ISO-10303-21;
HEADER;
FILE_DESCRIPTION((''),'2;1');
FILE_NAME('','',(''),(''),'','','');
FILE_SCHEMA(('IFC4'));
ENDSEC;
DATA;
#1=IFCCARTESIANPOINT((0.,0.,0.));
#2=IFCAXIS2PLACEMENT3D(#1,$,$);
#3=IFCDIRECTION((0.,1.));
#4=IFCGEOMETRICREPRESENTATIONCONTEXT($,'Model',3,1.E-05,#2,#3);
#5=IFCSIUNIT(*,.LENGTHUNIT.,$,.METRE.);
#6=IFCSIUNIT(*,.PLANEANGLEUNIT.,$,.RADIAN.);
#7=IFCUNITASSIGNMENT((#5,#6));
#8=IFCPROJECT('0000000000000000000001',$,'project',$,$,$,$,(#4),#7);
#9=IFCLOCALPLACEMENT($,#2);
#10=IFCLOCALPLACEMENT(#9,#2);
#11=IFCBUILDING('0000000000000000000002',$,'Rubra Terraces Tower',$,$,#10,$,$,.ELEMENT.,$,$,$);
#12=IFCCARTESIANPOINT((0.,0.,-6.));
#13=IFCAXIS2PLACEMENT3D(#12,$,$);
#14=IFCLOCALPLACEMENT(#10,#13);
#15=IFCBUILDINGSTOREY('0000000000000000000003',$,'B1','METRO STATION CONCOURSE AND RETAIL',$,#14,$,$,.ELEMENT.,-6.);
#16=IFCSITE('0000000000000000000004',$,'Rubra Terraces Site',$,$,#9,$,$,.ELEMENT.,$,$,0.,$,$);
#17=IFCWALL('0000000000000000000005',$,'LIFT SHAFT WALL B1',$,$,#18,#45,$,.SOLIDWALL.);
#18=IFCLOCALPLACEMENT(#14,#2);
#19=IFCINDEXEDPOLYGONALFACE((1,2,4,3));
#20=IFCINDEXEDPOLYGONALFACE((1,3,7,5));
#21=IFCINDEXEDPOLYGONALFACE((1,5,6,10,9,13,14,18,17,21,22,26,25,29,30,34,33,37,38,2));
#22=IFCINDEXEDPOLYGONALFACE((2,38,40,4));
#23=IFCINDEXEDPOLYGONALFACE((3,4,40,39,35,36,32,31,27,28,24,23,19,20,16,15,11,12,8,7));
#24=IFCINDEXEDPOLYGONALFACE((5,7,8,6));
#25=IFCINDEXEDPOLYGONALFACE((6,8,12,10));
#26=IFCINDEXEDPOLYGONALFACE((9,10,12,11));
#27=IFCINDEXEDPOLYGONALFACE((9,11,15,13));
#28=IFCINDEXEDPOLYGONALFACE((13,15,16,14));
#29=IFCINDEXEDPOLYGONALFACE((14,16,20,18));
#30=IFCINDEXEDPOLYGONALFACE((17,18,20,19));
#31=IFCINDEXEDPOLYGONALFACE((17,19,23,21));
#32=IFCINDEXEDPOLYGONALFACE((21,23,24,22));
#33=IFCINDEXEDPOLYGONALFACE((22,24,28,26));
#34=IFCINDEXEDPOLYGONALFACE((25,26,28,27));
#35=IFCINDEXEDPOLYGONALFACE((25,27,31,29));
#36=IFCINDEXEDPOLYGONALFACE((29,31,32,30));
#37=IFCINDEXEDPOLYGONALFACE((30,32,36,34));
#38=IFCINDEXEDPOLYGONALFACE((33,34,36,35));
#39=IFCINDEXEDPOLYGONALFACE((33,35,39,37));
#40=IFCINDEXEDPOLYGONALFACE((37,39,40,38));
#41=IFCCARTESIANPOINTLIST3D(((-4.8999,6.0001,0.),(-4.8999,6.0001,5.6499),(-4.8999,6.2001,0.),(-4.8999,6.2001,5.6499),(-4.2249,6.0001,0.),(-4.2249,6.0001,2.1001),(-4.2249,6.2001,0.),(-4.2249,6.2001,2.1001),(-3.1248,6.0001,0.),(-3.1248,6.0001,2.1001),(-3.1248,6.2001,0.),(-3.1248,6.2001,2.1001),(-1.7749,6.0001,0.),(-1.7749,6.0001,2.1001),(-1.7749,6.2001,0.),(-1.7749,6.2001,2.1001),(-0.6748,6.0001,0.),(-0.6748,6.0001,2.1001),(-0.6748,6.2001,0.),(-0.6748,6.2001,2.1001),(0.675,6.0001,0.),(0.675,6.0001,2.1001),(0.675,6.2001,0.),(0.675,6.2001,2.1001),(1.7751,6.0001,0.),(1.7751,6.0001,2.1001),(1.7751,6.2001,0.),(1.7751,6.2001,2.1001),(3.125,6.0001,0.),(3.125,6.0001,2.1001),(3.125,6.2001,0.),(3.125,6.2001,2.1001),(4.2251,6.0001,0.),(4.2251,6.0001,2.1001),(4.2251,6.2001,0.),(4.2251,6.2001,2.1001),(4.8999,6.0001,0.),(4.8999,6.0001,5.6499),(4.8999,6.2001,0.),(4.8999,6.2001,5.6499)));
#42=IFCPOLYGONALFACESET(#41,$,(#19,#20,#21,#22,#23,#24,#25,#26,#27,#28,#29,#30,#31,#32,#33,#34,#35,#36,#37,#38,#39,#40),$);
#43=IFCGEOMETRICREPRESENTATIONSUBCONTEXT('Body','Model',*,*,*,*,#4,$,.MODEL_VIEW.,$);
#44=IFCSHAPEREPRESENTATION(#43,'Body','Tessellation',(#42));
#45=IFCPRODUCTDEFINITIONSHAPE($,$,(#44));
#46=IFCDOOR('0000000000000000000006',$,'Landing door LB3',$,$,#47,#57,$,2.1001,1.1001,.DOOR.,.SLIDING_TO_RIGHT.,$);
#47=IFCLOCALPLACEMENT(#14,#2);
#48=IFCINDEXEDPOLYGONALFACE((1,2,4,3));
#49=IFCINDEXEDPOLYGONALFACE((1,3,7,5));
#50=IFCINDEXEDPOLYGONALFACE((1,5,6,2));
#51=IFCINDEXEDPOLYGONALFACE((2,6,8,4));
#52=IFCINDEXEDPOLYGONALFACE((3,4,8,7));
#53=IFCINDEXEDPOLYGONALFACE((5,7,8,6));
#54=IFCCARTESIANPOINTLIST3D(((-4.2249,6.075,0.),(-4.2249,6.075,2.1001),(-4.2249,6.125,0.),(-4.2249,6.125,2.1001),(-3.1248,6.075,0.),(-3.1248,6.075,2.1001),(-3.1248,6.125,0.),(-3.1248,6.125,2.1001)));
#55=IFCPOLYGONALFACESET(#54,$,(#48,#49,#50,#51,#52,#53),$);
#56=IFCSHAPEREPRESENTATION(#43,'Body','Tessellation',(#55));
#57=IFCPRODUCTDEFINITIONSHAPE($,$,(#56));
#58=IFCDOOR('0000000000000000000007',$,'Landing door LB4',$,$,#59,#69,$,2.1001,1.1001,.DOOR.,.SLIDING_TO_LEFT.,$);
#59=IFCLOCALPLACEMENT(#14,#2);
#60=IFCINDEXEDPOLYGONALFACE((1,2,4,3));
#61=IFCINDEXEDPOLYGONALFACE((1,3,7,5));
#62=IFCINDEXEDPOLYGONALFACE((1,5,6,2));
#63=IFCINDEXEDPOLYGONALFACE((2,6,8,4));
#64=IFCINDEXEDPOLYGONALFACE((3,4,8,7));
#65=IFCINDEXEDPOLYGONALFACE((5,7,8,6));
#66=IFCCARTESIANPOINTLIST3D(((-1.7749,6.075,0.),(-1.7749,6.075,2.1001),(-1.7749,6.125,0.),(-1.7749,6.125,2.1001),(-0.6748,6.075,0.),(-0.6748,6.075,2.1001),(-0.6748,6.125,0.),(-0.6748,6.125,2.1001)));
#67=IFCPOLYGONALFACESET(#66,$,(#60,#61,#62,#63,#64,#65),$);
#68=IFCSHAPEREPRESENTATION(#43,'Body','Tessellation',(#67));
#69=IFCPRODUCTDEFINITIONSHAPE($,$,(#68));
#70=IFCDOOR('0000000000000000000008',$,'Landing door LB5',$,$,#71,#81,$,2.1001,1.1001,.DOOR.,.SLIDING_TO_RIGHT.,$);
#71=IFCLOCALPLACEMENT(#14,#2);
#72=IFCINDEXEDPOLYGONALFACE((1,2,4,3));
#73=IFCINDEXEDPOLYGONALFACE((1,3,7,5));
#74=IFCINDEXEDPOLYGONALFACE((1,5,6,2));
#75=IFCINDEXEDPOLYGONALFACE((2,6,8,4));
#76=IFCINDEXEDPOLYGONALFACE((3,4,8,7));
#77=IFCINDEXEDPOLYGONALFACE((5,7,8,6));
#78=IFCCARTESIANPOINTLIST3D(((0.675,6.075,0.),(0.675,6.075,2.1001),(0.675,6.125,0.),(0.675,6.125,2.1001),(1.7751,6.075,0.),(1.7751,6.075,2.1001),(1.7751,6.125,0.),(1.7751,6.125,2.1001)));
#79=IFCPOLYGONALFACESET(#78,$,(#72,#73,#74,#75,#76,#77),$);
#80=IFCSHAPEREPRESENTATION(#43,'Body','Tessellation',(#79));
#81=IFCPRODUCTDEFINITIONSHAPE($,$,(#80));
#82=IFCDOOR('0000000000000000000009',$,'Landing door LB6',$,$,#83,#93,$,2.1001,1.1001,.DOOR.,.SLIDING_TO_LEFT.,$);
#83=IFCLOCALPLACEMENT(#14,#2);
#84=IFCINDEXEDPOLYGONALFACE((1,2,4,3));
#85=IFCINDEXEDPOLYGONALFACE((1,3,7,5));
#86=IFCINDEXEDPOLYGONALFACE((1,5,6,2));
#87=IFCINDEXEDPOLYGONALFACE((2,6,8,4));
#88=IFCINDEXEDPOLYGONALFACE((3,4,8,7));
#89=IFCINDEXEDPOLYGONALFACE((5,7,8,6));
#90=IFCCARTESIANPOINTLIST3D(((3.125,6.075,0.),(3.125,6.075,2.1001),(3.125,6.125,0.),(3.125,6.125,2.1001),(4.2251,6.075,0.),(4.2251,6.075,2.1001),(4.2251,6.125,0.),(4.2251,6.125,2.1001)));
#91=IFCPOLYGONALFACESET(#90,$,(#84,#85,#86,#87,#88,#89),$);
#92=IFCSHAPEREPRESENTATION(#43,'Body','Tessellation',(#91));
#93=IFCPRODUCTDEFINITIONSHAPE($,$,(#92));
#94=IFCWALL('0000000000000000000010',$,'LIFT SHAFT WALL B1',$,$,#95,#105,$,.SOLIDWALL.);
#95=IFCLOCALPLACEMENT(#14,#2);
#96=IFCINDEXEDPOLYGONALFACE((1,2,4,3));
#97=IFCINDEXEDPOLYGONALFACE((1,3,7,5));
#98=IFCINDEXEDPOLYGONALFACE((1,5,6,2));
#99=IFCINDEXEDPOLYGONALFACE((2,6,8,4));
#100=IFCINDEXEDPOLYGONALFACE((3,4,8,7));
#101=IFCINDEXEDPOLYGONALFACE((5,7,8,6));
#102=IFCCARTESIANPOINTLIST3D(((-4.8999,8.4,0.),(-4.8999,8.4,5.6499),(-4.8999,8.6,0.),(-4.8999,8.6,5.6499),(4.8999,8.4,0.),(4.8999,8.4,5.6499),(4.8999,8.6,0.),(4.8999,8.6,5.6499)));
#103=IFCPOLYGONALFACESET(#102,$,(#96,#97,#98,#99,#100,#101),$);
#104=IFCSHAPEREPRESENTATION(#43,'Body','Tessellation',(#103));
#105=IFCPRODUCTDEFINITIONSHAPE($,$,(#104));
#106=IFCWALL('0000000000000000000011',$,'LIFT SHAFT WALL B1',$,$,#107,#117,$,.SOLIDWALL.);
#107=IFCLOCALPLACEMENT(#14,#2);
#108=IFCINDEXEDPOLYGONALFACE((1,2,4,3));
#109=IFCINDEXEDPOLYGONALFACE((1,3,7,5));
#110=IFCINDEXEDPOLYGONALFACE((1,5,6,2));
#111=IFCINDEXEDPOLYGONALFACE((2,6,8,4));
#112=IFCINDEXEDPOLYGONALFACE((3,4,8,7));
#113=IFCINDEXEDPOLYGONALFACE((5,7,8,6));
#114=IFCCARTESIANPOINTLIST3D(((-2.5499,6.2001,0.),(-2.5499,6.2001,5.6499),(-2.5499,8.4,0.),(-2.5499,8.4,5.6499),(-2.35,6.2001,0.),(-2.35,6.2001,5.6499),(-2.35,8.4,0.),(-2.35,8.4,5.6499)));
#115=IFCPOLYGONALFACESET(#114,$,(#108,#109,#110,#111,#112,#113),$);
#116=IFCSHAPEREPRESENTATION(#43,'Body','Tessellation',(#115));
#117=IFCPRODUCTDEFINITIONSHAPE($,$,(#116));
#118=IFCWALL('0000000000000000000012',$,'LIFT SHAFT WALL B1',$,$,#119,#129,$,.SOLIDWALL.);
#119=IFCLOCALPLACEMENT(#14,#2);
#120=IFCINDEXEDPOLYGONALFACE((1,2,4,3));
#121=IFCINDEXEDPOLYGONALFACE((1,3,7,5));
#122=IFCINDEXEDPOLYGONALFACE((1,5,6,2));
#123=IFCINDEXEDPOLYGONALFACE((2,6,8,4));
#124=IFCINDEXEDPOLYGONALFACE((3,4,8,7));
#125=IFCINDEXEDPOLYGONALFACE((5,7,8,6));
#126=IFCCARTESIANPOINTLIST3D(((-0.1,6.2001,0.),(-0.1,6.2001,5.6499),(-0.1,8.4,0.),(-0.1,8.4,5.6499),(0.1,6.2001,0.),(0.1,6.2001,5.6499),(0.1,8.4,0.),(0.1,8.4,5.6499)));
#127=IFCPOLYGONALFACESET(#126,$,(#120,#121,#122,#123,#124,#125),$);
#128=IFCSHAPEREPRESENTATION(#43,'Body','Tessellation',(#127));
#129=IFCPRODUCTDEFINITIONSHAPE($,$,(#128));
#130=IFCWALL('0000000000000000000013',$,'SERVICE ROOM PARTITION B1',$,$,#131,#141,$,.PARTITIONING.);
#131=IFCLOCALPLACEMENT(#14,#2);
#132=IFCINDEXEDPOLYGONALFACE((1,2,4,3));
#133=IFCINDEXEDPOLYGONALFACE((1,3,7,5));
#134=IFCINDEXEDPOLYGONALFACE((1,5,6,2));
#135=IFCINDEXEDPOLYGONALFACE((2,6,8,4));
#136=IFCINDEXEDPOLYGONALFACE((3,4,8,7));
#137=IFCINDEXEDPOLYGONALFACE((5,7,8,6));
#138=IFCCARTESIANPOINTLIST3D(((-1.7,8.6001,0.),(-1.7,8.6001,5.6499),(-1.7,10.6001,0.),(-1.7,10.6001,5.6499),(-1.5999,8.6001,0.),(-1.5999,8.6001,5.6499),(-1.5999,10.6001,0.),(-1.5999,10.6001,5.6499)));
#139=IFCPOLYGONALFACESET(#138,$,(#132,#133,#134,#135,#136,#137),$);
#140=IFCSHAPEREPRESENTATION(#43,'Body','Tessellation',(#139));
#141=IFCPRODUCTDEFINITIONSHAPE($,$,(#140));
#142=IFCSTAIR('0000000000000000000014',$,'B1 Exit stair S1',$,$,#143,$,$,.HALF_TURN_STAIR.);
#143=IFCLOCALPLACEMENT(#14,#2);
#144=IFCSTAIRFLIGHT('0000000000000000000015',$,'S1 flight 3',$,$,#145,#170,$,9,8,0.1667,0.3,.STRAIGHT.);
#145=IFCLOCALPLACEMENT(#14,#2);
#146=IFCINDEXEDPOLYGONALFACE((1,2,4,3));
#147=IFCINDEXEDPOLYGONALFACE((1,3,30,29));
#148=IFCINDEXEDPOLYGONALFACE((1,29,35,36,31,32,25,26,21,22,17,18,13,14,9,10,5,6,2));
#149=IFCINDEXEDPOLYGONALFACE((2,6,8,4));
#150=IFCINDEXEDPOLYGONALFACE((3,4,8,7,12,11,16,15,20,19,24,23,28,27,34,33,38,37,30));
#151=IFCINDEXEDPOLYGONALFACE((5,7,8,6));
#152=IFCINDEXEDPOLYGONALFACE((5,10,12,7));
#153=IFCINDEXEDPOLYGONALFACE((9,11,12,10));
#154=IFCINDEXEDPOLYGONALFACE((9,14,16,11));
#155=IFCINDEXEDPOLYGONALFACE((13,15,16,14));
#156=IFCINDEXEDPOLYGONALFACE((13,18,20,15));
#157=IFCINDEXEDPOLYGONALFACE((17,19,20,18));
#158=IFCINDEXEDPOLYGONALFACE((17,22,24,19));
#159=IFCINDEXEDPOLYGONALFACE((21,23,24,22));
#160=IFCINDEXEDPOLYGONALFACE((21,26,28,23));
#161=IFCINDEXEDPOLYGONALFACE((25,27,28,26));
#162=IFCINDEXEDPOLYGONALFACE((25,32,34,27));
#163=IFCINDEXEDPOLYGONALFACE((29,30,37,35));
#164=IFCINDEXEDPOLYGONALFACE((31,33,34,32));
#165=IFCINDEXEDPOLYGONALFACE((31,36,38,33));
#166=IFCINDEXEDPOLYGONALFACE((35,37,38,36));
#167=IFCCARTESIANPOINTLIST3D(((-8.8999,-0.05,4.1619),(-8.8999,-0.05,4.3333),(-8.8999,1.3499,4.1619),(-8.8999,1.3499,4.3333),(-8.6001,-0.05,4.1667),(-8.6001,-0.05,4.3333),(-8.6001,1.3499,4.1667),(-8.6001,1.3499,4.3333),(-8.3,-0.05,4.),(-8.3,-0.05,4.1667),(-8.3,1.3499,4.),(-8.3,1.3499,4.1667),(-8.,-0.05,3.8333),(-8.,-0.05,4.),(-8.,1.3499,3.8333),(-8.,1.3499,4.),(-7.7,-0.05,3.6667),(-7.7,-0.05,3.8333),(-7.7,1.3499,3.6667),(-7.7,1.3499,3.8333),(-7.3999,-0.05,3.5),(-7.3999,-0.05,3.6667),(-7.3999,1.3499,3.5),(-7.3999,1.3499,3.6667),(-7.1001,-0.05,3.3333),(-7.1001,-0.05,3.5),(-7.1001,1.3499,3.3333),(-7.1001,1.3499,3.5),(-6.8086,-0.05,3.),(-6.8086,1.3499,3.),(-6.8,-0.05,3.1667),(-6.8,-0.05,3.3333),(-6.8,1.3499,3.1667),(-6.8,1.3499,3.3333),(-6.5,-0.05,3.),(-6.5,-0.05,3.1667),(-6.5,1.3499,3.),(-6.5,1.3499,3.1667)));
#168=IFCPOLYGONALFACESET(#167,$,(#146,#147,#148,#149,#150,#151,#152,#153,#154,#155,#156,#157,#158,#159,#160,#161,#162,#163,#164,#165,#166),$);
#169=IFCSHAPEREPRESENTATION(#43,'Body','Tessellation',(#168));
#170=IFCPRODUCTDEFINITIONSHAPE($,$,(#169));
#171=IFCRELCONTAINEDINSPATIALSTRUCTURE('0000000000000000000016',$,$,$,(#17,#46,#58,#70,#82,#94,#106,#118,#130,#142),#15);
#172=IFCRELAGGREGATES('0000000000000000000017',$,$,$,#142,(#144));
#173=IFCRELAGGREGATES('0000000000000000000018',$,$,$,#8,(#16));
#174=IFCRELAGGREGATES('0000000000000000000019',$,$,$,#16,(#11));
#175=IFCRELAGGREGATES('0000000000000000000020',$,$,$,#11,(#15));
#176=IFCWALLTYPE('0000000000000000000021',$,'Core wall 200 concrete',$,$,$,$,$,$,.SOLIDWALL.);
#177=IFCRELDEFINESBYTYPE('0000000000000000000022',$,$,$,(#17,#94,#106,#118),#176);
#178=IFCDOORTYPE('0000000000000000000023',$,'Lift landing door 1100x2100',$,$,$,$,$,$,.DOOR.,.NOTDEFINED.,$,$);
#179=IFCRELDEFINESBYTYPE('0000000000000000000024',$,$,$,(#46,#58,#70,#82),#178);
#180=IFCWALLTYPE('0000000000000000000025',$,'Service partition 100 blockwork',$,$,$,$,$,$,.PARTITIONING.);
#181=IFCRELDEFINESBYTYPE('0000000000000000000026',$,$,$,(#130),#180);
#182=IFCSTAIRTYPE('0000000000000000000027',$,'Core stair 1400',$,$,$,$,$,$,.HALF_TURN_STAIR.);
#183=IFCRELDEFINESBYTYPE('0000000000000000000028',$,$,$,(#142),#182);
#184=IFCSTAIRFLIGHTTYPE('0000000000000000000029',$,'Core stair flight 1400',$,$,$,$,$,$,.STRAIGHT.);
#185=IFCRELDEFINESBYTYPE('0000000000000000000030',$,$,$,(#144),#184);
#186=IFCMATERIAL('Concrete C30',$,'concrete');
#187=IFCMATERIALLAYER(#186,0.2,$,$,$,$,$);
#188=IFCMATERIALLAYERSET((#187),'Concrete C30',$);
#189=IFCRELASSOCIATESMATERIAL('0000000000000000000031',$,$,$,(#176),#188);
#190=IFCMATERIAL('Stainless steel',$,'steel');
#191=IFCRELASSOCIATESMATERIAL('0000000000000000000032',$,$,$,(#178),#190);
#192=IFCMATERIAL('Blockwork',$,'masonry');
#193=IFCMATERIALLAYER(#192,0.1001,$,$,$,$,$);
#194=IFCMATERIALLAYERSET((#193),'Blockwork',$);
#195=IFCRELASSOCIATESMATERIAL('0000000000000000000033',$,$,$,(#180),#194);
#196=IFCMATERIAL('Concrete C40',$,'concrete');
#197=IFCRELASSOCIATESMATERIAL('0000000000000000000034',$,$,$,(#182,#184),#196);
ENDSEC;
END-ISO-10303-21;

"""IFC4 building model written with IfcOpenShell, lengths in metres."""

from ifc_helpers import new_model, si_unit, direction, frame, frame_2d, origin, place, context, subcontext, project, spatial, polyline, rectangle, outline, extrude, material, layer, layer_set, type_object, element, fill, aggregate, save


model = new_model("IFC4")

# Units and contexts
model_context = context("Model", 3, precision=1e-05, world=origin(), true_north=direction((0.0, 1.0)))
body_context = subcontext(model_context, "Body", "Model", "MODEL_VIEW")
ifc_project = project(units=[si_unit("LENGTHUNIT", "METRE"), si_unit("PLANEANGLEUNIT", "RADIAN")], contexts=[model_context])

# Site, building, storey
site_placement = place(None, origin())
site = spatial("IfcSite", under=ifc_project, at=site_placement, Name="Rubra Terraces Site", CompositionType="ELEMENT", RefElevation=0.0)
building_placement = place(site_placement, origin())
building = spatial("IfcBuilding", under=site, at=building_placement, Name="Rubra Terraces Tower", CompositionType="ELEMENT")
storey_placement = place(building_placement, frame((0.0, 0.0, -6.0)))
storey = spatial("IfcBuildingStorey", under=building, at=storey_placement, Name="B1", Description="METRO STATION CONCOURSE AND RETAIL", CompositionType="ELEMENT", Elevation=-6.0)

# Shared definitions
ifc_material_1 = material(Name="Concrete C30", Category="concrete")
ifc_layer_1 = layer(ifc_material_1, 0.2)
ifc_layer_set_1 = layer_set([ifc_layer_1], Name="Concrete C30")
wall_type_1 = type_object("IfcWallType", Name="Core wall 200 concrete", PredefinedType="SOLIDWALL", material=ifc_layer_set_1)

# Wall, openings, doors
ifc_material_2 = material(Name="Stainless steel", Category="steel")
door_type = type_object("IfcDoorType", Name="Lift landing door 1100x2100", OperationType="NOTDEFINED", PredefinedType="DOOR", material=ifc_material_2)
wall_1_placement = place(storey_placement, frame((-4.8999, 6.1001, 0.0), z_axis=(0.0, 0.0, 1.0), x_axis=(1.0, 0.0, 0.0)))
wall_1 = element("IfcWall", 1, at=wall_1_placement, inside=storey, type_object=wall_type_1, Name="LIFT SHAFT WALL B1", PredefinedType="SOLIDWALL", context=body_context, shape_type="SweptSolid", body=[
    extrude(rectangle(XDim=9.7998, YDim=0.2, at=frame_2d((4.8999, 0.0))), origin(), (0.0, 0.0, 1.0), 5.6499),
])
opening_1_placement = place(wall_1_placement, frame((0.675, 0.0, 0.0)))
opening_1 = element("IfcOpeningElement", 2, at=opening_1_placement, cuts=wall_1, PredefinedType="OPENING", context=body_context, shape_type="SweptSolid", body=[
    extrude(rectangle(XDim=1.1001, YDim=2.1001, at=frame_2d((0.55, 1.05))), frame((0.0, 0.1099, 0.0), z_axis=(0.0, -1.0, 0.0), x_axis=(1.0, 0.0, 0.0)), (0.0, 0.0, 1.0), 0.22),
])
opening_2_placement = place(wall_1_placement, frame((3.125, 0.0, 0.0)))
opening_2 = element("IfcOpeningElement", 3, at=opening_2_placement, cuts=wall_1, PredefinedType="OPENING", context=body_context, shape_type="SweptSolid", body=[
    extrude(rectangle(XDim=1.1001, YDim=2.1001, at=frame_2d((0.55, 1.05))), frame((0.0, 0.1099, 0.0), z_axis=(0.0, -1.0, 0.0), x_axis=(1.0, 0.0, 0.0)), (0.0, 0.0, 1.0), 0.22),
])
opening_3_placement = place(wall_1_placement, frame((5.575, 0.0, 0.0)))
opening_3 = element("IfcOpeningElement", 4, at=opening_3_placement, cuts=wall_1, PredefinedType="OPENING", context=body_context, shape_type="SweptSolid", body=[
    extrude(rectangle(XDim=1.1001, YDim=2.1001, at=frame_2d((0.55, 1.05))), frame((0.0, 0.1099, 0.0), z_axis=(0.0, -1.0, 0.0), x_axis=(1.0, 0.0, 0.0)), (0.0, 0.0, 1.0), 0.22),
])
opening_4_placement = place(wall_1_placement, frame((8.0249, 0.0, 0.0)))
opening_4 = element("IfcOpeningElement", 5, at=opening_4_placement, cuts=wall_1, PredefinedType="OPENING", context=body_context, shape_type="SweptSolid", body=[
    extrude(rectangle(XDim=1.1001, YDim=2.1001, at=frame_2d((0.55, 1.05))), frame((0.0, 0.1099, 0.0), z_axis=(0.0, -1.0, 0.0), x_axis=(1.0, 0.0, 0.0)), (0.0, 0.0, 1.0), 0.22),
])
door_1_placement = place(opening_1_placement, origin())
door_1 = element("IfcDoor", 6, at=door_1_placement, inside=storey, type_object=door_type, Name="Landing door LB3", OperationType="SLIDING_TO_RIGHT", OverallHeight=2.1001, OverallWidth=1.1001, PredefinedType="DOOR", context=body_context, shape_type="SweptSolid", body=[
    extrude(rectangle(XDim=1.1001, YDim=2.1001, at=frame_2d((0.55, 1.05))), frame((0.0, 0.0249, 0.0), z_axis=(0.0, -1.0, 0.0), x_axis=(1.0, 0.0, 0.0)), (0.0, 0.0, 1.0), 0.05),
])
fill(opening_1, door_1)
door_2_placement = place(opening_2_placement, origin())
door_2 = element("IfcDoor", 7, at=door_2_placement, inside=storey, type_object=door_type, Name="Landing door LB4", OperationType="SLIDING_TO_LEFT", OverallHeight=2.1001, OverallWidth=1.1001, PredefinedType="DOOR", context=body_context, shape_type="SweptSolid", body=[
    extrude(rectangle(XDim=1.1001, YDim=2.1001, at=frame_2d((0.55, 1.05))), frame((0.0, 0.0249, 0.0), z_axis=(0.0, -1.0, 0.0), x_axis=(1.0, 0.0, 0.0)), (0.0, 0.0, 1.0), 0.05),
])
fill(opening_2, door_2)
door_3_placement = place(opening_3_placement, origin())
door_3 = element("IfcDoor", 8, at=door_3_placement, inside=storey, type_object=door_type, Name="Landing door LB5", OperationType="SLIDING_TO_RIGHT", OverallHeight=2.1001, OverallWidth=1.1001, PredefinedType="DOOR", context=body_context, shape_type="SweptSolid", body=[
    extrude(rectangle(XDim=1.1001, YDim=2.1001, at=frame_2d((0.55, 1.05))), frame((0.0, 0.0249, 0.0), z_axis=(0.0, -1.0, 0.0), x_axis=(1.0, 0.0, 0.0)), (0.0, 0.0, 1.0), 0.05),
])
fill(opening_3, door_3)
door_4_placement = place(opening_4_placement, origin())
door_4 = element("IfcDoor", 9, at=door_4_placement, inside=storey, type_object=door_type, Name="Landing door LB6", OperationType="SLIDING_TO_LEFT", OverallHeight=2.1001, OverallWidth=1.1001, PredefinedType="DOOR", context=body_context, shape_type="SweptSolid", body=[
    extrude(rectangle(XDim=1.1001, YDim=2.1001, at=frame_2d((0.55, 1.05))), frame((0.0, 0.0249, 0.0), z_axis=(0.0, -1.0, 0.0), x_axis=(1.0, 0.0, 0.0)), (0.0, 0.0, 1.0), 0.05),
])
fill(opening_4, door_4)

# Walls
wall_2_placement = place(storey_placement, frame((-4.8999, 8.5, 0.0), z_axis=(0.0, 0.0, 1.0), x_axis=(1.0, 0.0, 0.0)))
element("IfcWall", 10, at=wall_2_placement, inside=storey, type_object=wall_type_1, Name="LIFT SHAFT WALL B1", PredefinedType="SOLIDWALL", context=body_context, shape_type="SweptSolid", body=[
    extrude(rectangle(XDim=9.7998, YDim=0.2, at=frame_2d((4.8999, 0.0))), origin(), (0.0, 0.0, 1.0), 5.6499),
])
for number, where, z_axis, x_axis, name in (
    (11, (-2.45, 6.2, 0.0), (0.0, 0.0, 1.0), (0.0, 1.0, 0.0), "LIFT SHAFT WALL B1"),
    (12, (0.0, 6.2, 0.0), (0.0, 0.0, 1.0), (0.0, 1.0, 0.0), "LIFT SHAFT WALL B1"),
):
    element("IfcWall", number, at=place(storey_placement, frame(where, z_axis=z_axis, x_axis=x_axis)), inside=storey, type_object=wall_type_1, Name=name, PredefinedType="SOLIDWALL", context=body_context, shape_type="SweptSolid", body=[
        extrude(rectangle(XDim=2.2, YDim=0.2, at=frame_2d((1.1001, 0.0))), origin(), (0.0, 0.0, 1.0), 5.6499),
    ])
ifc_material_3 = material(Name="Blockwork", Category="masonry")
ifc_layer_2 = layer(ifc_material_3, 0.1001)
ifc_layer_set_2 = layer_set([ifc_layer_2], Name="Blockwork")
wall_type_2 = type_object("IfcWallType", Name="Service partition 100 blockwork", PredefinedType="PARTITIONING", material=ifc_layer_set_2)
wall_3_placement = place(storey_placement, frame((-1.6499, 8.6001, 0.0), z_axis=(0.0, 0.0, 1.0), x_axis=(0.0, 1.0, 0.0)))
element("IfcWall", 13, at=wall_3_placement, inside=storey, type_object=wall_type_2, Name="SERVICE ROOM PARTITION B1", PredefinedType="PARTITIONING", context=body_context, shape_type="SweptSolid", body=[
    extrude(rectangle(XDim=2.0, YDim=0.1001, at=frame_2d((1.0, 0.0))), origin(), (0.0, 0.0, 1.0), 5.6499),
])

# Stair, stair flight
ifc_material_4 = material(Name="Concrete C40", Category="concrete")
stair_type = type_object("IfcStairType", Name="Core stair 1400", PredefinedType="HALF_TURN_STAIR", material=ifc_material_4)
stair_1_placement = place(storey_placement, origin())
stair_1 = element("IfcStair", 14, at=stair_1_placement, inside=storey, type_object=stair_type, Name="B1 Exit stair S1", PredefinedType="HALF_TURN_STAIR")
stair_flight_type = type_object("IfcStairFlightType", Name="Core stair flight 1400", PredefinedType="STRAIGHT", material=ifc_material_4)
stair_flight_1_placement = place(storey_placement, frame((-6.5, 0.6499, 3.0), z_axis=(0.0, 0.0, 1.0), x_axis=(-1.0, 0.0, 0.0)))
stair_flight_1 = element("IfcStairFlight", 15, at=stair_flight_1_placement, type_object=stair_flight_type, Name="S1 flight 3", NumberOfRisers=9, NumberOfTreads=8, PredefinedType="STRAIGHT", RiserHeight=0.1667, TreadLength=0.3, context=body_context, shape_type="SweptSolid", body=[
    extrude(outline(polyline([(0.0, 0.0), (0.0, 0.1667), (0.3, 0.1667), (0.3, 0.3333), (0.6001, 0.3333), (0.6001, 0.5), (0.8999, 0.5), (0.8999, 0.6667), (1.2, 0.6667), (1.2, 0.8333), (1.5, 0.8333), (1.5, 1.0), (1.8, 1.0), (1.8, 1.1667), (2.1001, 1.1667), (2.1001, 1.3333), (2.3999, 1.3333), (2.3999, 1.5), (2.3999, 1.1619), (0.3086, 0.0), (0.0, 0.0)])), frame((0.0, 0.7, 0.0), z_axis=(0.0, -1.0, 0.0), x_axis=(1.0, 0.0, 0.0)), (0.0, 0.0, 1.0), 1.3999),
])
aggregate(stair_1, [stair_flight_1])

save(model, "model.ifc")
